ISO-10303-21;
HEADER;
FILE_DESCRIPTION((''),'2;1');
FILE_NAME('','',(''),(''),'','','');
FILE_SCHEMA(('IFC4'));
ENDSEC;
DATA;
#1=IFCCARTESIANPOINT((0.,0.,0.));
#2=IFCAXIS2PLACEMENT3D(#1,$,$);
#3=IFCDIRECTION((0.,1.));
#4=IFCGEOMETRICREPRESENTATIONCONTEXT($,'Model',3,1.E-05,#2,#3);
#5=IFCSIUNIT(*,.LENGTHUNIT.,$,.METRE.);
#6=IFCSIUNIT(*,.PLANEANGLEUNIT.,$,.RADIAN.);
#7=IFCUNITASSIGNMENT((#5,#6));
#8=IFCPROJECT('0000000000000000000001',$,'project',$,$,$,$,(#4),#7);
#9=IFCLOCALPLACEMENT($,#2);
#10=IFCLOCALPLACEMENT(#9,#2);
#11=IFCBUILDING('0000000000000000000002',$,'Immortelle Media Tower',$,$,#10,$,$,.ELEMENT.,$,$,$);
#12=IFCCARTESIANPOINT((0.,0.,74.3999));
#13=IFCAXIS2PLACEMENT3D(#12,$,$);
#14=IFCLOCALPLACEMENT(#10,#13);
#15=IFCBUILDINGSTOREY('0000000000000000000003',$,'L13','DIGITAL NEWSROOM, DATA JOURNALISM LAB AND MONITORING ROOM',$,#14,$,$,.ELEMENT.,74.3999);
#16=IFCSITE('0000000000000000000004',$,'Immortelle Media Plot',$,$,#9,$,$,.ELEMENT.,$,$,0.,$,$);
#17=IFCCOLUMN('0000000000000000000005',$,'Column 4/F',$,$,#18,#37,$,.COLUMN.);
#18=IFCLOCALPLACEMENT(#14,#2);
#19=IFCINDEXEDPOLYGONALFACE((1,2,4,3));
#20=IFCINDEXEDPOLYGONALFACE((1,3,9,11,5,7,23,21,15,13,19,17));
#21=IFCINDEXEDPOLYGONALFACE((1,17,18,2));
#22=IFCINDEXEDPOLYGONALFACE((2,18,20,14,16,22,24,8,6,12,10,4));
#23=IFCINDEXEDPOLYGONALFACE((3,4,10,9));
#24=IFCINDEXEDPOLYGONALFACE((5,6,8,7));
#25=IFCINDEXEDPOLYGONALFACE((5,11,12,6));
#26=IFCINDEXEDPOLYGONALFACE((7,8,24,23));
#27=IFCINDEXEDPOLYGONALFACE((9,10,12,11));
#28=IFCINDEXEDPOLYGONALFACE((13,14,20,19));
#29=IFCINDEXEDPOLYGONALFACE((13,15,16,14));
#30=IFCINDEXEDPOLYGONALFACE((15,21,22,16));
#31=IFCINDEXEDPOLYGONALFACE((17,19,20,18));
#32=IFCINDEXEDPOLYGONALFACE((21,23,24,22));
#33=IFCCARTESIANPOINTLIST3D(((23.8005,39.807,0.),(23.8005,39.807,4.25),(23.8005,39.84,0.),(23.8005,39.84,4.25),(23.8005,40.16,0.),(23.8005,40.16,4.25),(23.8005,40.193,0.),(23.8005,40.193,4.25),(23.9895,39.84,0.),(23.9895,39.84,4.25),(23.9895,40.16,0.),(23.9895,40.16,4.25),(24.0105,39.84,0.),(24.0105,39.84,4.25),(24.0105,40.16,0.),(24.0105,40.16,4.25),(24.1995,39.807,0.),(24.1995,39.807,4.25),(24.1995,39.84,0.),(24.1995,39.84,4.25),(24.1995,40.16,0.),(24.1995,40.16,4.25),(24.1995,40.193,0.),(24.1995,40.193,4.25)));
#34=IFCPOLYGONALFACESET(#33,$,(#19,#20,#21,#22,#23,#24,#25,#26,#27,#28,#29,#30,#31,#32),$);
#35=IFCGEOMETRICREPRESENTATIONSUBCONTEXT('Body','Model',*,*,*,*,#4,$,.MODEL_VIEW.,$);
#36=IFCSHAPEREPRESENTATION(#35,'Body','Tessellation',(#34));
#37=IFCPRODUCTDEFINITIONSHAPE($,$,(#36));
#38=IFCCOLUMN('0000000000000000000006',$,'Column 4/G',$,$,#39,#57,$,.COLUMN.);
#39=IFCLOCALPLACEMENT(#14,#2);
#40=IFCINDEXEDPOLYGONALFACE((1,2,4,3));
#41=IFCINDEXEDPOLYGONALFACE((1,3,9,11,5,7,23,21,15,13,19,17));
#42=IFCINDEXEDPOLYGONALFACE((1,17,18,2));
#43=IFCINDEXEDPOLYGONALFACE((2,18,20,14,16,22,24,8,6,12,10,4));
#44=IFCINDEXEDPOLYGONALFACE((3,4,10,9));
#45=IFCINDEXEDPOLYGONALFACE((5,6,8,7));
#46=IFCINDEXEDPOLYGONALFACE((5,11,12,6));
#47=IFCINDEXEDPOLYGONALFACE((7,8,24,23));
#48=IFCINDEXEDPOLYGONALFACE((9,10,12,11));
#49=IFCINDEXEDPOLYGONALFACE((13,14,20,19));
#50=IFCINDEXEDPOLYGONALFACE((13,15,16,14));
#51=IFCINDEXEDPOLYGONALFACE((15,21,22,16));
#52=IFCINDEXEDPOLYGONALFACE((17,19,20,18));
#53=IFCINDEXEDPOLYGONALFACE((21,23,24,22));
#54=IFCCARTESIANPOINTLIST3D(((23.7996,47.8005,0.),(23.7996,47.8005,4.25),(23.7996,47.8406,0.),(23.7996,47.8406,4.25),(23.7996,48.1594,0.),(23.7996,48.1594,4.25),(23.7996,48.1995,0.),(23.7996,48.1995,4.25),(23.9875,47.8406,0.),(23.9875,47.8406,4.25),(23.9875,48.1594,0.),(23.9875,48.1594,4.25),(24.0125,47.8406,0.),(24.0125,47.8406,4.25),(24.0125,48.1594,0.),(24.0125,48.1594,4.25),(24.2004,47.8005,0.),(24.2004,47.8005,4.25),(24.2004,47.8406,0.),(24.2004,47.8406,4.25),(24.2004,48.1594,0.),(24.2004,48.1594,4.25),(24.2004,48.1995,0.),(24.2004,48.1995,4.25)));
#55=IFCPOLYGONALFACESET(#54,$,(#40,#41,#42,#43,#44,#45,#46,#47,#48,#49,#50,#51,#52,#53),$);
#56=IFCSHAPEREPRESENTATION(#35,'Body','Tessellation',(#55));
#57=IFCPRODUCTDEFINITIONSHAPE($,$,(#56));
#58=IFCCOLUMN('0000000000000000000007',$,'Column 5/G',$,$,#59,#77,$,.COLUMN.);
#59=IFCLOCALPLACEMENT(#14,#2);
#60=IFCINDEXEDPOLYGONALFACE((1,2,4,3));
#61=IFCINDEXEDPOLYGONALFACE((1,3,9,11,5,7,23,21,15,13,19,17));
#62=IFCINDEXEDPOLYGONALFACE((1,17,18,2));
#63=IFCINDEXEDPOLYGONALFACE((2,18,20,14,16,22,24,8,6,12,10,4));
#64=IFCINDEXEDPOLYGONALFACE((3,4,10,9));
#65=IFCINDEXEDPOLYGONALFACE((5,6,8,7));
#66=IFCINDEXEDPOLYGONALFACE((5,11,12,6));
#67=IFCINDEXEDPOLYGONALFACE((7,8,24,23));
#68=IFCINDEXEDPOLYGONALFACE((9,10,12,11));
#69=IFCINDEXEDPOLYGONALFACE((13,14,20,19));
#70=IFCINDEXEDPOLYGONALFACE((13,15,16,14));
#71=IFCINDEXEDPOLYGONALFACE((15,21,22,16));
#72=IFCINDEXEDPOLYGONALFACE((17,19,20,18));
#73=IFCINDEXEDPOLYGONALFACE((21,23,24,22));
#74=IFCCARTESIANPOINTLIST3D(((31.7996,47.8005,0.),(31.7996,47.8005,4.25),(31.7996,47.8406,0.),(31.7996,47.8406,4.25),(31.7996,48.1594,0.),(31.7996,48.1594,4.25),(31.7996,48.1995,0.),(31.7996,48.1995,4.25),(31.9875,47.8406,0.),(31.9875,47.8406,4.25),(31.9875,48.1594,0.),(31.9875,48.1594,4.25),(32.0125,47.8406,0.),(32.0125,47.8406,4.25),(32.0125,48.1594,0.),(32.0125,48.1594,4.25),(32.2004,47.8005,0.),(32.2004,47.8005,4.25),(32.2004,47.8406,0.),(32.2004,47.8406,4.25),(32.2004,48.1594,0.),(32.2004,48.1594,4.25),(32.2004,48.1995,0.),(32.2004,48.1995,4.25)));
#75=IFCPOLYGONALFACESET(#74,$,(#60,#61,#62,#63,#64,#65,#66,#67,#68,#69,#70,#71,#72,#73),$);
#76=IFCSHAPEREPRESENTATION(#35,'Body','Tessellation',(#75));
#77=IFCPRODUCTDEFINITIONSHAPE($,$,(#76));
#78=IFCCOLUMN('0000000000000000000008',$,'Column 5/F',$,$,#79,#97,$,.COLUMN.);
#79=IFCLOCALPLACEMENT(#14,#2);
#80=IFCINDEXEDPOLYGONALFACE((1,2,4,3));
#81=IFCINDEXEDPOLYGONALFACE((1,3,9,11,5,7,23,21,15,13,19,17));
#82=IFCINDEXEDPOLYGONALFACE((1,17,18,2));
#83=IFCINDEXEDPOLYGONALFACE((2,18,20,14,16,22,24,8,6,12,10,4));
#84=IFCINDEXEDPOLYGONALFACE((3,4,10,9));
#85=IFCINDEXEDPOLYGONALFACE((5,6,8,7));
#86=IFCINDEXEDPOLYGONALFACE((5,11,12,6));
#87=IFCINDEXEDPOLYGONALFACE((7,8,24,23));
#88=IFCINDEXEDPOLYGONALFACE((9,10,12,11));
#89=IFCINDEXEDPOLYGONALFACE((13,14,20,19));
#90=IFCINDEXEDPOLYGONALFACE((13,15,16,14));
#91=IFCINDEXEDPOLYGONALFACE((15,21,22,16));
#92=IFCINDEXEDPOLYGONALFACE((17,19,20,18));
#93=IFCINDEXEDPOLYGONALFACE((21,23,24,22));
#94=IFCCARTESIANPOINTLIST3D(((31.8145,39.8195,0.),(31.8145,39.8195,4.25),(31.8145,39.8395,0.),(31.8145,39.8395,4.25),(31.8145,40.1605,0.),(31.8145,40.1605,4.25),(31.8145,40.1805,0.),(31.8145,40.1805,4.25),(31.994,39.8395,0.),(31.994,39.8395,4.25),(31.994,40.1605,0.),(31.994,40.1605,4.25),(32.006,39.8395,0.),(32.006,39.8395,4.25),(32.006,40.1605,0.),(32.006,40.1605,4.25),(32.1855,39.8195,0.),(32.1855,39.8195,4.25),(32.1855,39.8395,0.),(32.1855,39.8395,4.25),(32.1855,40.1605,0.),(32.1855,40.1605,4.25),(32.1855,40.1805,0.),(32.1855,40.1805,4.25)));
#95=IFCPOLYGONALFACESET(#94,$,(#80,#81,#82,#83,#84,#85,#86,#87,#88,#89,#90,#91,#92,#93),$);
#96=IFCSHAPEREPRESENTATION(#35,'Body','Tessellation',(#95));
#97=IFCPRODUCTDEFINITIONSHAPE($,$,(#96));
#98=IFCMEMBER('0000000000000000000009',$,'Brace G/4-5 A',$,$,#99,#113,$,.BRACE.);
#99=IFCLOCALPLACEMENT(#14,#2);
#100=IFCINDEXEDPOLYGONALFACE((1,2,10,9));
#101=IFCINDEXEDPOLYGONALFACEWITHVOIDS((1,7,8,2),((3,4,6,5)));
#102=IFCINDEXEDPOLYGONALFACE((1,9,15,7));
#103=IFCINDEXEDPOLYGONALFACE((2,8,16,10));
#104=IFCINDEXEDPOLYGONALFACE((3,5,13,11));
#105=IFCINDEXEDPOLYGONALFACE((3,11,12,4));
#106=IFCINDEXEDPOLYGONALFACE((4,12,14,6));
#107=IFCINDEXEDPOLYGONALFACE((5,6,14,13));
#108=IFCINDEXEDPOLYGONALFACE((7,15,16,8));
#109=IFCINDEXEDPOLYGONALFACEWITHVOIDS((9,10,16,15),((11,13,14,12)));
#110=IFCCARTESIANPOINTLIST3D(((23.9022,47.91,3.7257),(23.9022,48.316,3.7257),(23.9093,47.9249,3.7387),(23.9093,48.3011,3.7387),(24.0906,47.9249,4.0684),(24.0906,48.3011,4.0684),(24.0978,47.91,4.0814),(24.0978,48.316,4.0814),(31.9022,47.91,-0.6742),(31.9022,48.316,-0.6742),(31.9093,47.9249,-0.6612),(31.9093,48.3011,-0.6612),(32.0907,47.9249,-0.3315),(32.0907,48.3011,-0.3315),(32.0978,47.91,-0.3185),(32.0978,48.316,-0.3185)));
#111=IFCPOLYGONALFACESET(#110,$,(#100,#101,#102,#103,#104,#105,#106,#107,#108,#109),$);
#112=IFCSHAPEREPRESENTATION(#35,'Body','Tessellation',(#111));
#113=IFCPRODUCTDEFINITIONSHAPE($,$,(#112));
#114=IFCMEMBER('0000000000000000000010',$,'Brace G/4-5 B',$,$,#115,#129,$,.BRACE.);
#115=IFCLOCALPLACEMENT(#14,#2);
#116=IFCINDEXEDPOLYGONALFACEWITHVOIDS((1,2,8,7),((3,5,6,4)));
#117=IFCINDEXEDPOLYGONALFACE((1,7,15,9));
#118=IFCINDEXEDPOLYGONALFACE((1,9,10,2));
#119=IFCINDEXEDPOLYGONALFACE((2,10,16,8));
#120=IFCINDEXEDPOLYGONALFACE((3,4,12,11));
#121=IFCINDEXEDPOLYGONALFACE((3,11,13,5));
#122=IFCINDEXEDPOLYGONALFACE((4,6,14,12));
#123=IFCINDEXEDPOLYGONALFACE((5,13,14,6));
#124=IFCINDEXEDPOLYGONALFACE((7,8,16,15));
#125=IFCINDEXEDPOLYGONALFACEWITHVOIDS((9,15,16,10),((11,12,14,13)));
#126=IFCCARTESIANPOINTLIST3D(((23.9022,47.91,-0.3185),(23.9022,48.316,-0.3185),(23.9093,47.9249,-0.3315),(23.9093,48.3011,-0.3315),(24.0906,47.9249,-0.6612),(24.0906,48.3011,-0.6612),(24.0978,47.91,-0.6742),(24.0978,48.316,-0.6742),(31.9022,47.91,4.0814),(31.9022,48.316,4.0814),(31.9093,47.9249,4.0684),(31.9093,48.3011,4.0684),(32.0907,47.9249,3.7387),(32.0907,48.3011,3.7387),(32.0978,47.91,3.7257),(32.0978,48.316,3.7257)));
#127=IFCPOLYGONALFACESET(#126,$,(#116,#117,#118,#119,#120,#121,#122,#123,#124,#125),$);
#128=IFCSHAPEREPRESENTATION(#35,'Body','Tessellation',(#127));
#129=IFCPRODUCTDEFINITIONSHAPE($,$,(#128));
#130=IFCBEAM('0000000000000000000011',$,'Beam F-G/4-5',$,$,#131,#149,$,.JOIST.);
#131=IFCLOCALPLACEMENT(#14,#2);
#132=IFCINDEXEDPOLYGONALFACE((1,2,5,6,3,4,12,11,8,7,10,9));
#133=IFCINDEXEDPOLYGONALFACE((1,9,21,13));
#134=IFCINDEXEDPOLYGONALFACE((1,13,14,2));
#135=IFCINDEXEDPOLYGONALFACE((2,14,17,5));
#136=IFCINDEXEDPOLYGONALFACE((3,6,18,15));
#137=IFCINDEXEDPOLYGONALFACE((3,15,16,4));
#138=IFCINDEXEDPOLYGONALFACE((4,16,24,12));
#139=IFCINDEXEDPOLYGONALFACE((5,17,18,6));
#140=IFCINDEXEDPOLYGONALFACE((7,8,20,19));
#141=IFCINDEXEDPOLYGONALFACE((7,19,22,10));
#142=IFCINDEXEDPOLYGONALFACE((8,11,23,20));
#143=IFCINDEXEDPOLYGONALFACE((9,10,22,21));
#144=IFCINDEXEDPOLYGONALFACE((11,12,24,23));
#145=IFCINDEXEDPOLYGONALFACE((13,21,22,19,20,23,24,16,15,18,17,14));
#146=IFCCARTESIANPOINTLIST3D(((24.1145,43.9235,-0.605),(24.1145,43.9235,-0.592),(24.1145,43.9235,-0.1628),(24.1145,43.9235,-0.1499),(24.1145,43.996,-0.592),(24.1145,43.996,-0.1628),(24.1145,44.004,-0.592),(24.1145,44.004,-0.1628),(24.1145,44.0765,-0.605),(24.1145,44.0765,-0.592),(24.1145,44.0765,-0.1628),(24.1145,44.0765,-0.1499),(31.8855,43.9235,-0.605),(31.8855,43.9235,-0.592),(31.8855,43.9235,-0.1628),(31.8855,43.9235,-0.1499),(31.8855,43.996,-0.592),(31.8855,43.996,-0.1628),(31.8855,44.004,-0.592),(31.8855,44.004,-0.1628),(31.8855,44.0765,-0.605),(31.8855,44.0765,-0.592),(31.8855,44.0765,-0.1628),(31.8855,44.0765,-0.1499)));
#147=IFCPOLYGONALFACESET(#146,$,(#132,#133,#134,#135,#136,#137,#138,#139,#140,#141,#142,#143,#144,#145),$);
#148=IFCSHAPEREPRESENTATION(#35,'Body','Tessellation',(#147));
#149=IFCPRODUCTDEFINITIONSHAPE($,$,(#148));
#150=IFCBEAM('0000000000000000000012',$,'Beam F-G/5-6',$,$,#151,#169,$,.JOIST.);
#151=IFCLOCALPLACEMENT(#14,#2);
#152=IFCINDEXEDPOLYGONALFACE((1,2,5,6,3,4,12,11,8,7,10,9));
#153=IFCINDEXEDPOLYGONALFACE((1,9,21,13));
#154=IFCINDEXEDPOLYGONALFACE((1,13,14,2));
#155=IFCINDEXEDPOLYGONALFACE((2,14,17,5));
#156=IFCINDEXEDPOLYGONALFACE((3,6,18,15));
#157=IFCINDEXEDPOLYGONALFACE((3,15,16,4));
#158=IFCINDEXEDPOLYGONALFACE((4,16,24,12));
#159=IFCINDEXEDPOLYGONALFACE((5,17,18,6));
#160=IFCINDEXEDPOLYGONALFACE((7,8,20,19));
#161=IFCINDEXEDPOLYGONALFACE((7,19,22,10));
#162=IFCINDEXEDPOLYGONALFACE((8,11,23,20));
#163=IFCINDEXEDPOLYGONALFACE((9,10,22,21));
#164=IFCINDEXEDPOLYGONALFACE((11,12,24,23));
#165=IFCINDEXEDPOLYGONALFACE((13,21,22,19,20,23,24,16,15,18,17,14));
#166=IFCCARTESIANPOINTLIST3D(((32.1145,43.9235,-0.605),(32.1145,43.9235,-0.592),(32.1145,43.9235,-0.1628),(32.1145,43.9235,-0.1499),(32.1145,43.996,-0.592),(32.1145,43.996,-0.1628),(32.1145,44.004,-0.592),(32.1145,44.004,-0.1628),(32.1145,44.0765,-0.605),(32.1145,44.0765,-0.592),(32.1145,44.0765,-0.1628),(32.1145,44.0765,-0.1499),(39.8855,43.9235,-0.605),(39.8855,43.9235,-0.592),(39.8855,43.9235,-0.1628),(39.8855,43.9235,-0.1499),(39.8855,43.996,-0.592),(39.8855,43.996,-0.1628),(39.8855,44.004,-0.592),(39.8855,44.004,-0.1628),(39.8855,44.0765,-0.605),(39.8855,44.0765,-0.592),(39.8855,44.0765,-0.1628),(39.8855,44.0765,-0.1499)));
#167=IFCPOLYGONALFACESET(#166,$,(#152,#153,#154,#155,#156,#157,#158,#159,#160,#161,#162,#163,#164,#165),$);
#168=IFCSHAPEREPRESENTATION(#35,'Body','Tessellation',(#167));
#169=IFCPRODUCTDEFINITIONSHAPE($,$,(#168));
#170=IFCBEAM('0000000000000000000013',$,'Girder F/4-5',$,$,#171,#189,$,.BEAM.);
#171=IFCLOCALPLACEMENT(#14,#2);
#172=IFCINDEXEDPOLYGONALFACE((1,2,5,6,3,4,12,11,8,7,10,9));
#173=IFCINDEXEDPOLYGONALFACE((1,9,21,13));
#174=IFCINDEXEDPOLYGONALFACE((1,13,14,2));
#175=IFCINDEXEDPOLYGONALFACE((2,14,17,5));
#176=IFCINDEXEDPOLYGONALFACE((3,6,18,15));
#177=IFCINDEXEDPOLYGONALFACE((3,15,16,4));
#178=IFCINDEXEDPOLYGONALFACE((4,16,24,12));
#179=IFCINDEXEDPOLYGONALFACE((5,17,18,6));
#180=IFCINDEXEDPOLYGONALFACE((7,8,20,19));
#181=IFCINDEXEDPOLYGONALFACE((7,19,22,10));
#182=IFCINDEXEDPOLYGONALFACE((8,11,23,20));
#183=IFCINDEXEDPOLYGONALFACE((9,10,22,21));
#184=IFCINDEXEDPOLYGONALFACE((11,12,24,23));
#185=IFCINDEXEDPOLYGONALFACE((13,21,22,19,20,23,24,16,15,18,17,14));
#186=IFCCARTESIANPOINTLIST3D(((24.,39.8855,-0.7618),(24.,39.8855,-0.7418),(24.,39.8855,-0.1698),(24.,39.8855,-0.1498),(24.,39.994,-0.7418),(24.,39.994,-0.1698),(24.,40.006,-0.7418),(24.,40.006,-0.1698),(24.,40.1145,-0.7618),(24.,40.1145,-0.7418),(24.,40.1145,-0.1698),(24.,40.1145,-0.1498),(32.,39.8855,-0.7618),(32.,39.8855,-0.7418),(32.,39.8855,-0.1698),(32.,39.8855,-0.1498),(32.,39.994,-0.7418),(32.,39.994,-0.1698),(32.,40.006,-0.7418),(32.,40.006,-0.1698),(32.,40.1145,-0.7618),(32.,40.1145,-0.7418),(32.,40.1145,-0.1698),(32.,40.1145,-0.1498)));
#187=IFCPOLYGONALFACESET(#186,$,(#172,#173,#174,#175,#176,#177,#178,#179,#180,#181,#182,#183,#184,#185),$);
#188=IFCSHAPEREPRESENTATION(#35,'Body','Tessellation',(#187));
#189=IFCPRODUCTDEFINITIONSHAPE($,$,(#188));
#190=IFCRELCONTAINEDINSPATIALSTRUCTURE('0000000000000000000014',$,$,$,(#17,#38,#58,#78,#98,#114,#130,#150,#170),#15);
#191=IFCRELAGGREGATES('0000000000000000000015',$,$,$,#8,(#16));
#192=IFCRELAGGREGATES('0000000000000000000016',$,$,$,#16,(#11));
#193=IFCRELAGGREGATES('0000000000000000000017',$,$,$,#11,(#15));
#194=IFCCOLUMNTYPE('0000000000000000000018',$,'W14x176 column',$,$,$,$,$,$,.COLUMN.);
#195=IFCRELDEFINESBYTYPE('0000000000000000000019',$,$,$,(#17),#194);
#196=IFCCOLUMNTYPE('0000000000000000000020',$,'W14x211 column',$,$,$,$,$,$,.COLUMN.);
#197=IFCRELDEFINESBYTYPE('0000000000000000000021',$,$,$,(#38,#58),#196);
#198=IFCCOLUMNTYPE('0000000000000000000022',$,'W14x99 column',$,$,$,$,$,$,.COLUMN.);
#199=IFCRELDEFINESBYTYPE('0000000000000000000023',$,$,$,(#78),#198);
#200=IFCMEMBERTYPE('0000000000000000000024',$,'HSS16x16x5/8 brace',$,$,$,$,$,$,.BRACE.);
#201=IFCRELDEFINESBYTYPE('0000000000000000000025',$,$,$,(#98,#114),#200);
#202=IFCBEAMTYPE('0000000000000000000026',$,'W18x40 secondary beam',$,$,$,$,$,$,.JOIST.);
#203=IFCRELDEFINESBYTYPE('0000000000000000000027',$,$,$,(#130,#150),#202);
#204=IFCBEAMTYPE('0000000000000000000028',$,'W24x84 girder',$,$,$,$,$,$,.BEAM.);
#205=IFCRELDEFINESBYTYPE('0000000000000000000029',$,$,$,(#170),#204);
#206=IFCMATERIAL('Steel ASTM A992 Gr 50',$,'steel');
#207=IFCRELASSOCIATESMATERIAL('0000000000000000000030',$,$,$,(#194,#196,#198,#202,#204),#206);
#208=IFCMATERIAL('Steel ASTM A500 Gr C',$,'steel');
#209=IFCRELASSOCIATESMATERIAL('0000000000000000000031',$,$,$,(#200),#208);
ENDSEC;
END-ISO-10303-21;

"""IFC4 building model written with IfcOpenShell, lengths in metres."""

from ifc_helpers import new_model, si_unit, direction, frame, origin, origin_2d, place, context, subcontext, project, spatial, hollow_rectangle, i_section, extrude, material, material_profile, profile_set, type_object, element, save


model = new_model("IFC4")

# Units and contexts
model_context = context("Model", 3, precision=1e-05, world=origin(), true_north=direction((0.0, 1.0)))
body_context = subcontext(model_context, "Body", "Model", "MODEL_VIEW")
ifc_project = project(units=[si_unit("LENGTHUNIT", "METRE"), si_unit("PLANEANGLEUNIT", "RADIAN")], contexts=[model_context])

# Site, building, storey
site_placement = place(None, origin())
site = spatial("IfcSite", under=ifc_project, at=site_placement, Name="Immortelle Media Plot", CompositionType="ELEMENT", RefElevation=0.0)
building_placement = place(site_placement, origin())
building = spatial("IfcBuilding", under=site, at=building_placement, Name="Immortelle Media Tower", CompositionType="ELEMENT")
storey_placement = place(building_placement, frame((0.0, 0.0, 74.3999)))
storey = spatial("IfcBuildingStorey", under=building, at=storey_placement, Name="L13", Description="DIGITAL NEWSROOM, DATA JOURNALISM LAB AND MONITORING ROOM", CompositionType="ELEMENT", Elevation=74.3999)

# Columns
ifc_material_1 = material(Name="Steel ASTM A992 Gr 50", Category="steel")
ifc_material_profile_1 = material_profile(ifc_material_1, i_section(OverallWidth=0.3989, OverallDepth=0.386, WebThickness=0.021, FlangeThickness=0.033, at=origin_2d()), Name="W14x176")
ifc_profile_set_1 = profile_set([ifc_material_profile_1], Name="Steel ASTM A992 Gr 50")
column_type_1 = type_object("IfcColumnType", Name="W14x176 column", PredefinedType="COLUMN", material=ifc_profile_set_1)
column_1_placement = place(storey_placement, frame((24.0, 40.0, 0.0), z_axis=(0.0, 0.0, 1.0), x_axis=(1.0, 0.0, 0.0)))
element("IfcColumn", 1, at=column_1_placement, inside=storey, type_object=column_type_1, Name="Column 4/F", PredefinedType="COLUMN", context=body_context, shape_type="SweptSolid", body=[
    extrude(i_section(OverallWidth=0.3989, OverallDepth=0.386, WebThickness=0.021, FlangeThickness=0.033, at=origin_2d()), origin(), (0.0, 0.0, 1.0), 4.25),
])
ifc_material_profile_2 = material_profile(ifc_material_1, i_section(OverallWidth=0.4009, OverallDepth=0.3989, WebThickness=0.0249, FlangeThickness=0.04, at=origin_2d()), Name="W14x211")
ifc_profile_set_2 = profile_set([ifc_material_profile_2], Name="Steel ASTM A992 Gr 50")
column_type_2 = type_object("IfcColumnType", Name="W14x211 column", PredefinedType="COLUMN", material=ifc_profile_set_2)
for number, where, z_axis, x_axis, name in (
    (2, (24.0, 48.0, 0.0), (0.0, 0.0, 1.0), (1.0, 0.0, 0.0), "Column 4/G"),
    (3, (32.0, 48.0, 0.0), (0.0, 0.0, 1.0), (1.0, 0.0, 0.0), "Column 5/G"),
):
    element("IfcColumn", number, at=place(storey_placement, frame(where, z_axis=z_axis, x_axis=x_axis)), inside=storey, type_object=column_type_2, Name=name, PredefinedType="COLUMN", context=body_context, shape_type="SweptSolid", body=[
        extrude(i_section(OverallWidth=0.4009, OverallDepth=0.3989, WebThickness=0.0249, FlangeThickness=0.04, at=origin_2d()), origin(), (0.0, 0.0, 1.0), 4.25),
    ])
ifc_material_profile_3 = material_profile(ifc_material_1, i_section(OverallWidth=0.3711, OverallDepth=0.3611, WebThickness=0.012, FlangeThickness=0.02, at=origin_2d()), Name="W14x99")
ifc_profile_set_3 = profile_set([ifc_material_profile_3], Name="Steel ASTM A992 Gr 50")
column_type_3 = type_object("IfcColumnType", Name="W14x99 column", PredefinedType="COLUMN", material=ifc_profile_set_3)
column_2_placement = place(storey_placement, frame((32.0, 40.0, 0.0), z_axis=(0.0, 0.0, 1.0), x_axis=(1.0, 0.0, 0.0)))
element("IfcColumn", 4, at=column_2_placement, inside=storey, type_object=column_type_3, Name="Column 5/F", PredefinedType="COLUMN", context=body_context, shape_type="SweptSolid", body=[
    extrude(i_section(OverallWidth=0.3711, OverallDepth=0.3611, WebThickness=0.012, FlangeThickness=0.02, at=origin_2d()), origin(), (0.0, 0.0, 1.0), 4.25),
])

# Members
ifc_material_2 = material(Name="Steel ASTM A500 Gr C", Category="steel")
ifc_material_profile_4 = material_profile(ifc_material_2, hollow_rectangle(XDim=0.406, YDim=0.406, WallThickness=0.0149, at=origin_2d()), Name="HSS16x16x5/8 brace")
ifc_profile_set_4 = profile_set([ifc_material_profile_4], Name="Steel ASTM A500 Gr C")
member_type = type_object("IfcMemberType", Name="HSS16x16x5/8 brace", PredefinedType="BRACE", material=ifc_profile_set_4)
for number, where, z_axis, x_axis, name in (
    (5, (32.0, 48.113, -0.4963), (-0.87622, 0.0, 0.481911), (0.0, -1.0, 0.0), "Brace G/4-5 A"),
    (6, (32.0, 48.113, 3.9036), (-0.87622, 0.0, -0.481911), (0.0, -1.0, 0.0), "Brace G/4-5 B"),
):
    element("IfcMember", number, at=place(storey_placement, frame(where, z_axis=z_axis, x_axis=x_axis)), inside=storey, type_object=member_type, Name=name, PredefinedType="BRACE", context=body_context, shape_type="SweptSolid", body=[
        extrude(hollow_rectangle(XDim=0.406, YDim=0.406, WallThickness=0.0149, at=origin_2d()), origin(), (0.0, 0.0, 1.0), 9.1301),
    ])

# Beams
ifc_material_profile_5 = material_profile(ifc_material_1, i_section(OverallWidth=0.1531, OverallDepth=0.4551, WebThickness=0.0081, FlangeThickness=0.0129, at=origin_2d()), Name="W18x40")
ifc_profile_set_5 = profile_set([ifc_material_profile_5], Name="Steel ASTM A992 Gr 50")
beam_type_1 = type_object("IfcBeamType", Name="W18x40 secondary beam", PredefinedType="JOIST", material=ifc_profile_set_5)
for number, where, z_axis, x_axis, name in (
    (7, (24.1145, 44.0, -0.3774), (1.0, 0.0, 0.0), (0.0, 1.0, 0.0), "Beam F-G/4-5"),
    (8, (32.1145, 44.0, -0.3774), (1.0, 0.0, 0.0), (0.0, 1.0, 0.0), "Beam F-G/5-6"),
):
    element("IfcBeam", number, at=place(storey_placement, frame(where, z_axis=z_axis, x_axis=x_axis)), inside=storey, type_object=beam_type_1, Name=name, PredefinedType="JOIST", context=body_context, shape_type="SweptSolid", body=[
        extrude(i_section(OverallWidth=0.1531, OverallDepth=0.4551, WebThickness=0.0081, FlangeThickness=0.0129, at=origin_2d()), origin(), (0.0, 0.0, 1.0), 7.771),
    ])
ifc_material_profile_6 = material_profile(ifc_material_1, i_section(OverallWidth=0.229, OverallDepth=0.6121, WebThickness=0.012, FlangeThickness=0.02, at=origin_2d()), Name="W24x84")
ifc_profile_set_6 = profile_set([ifc_material_profile_6], Name="Steel ASTM A992 Gr 50")
beam_type_2 = type_object("IfcBeamType", Name="W24x84 girder", PredefinedType="BEAM", material=ifc_profile_set_6)
for number, where, z_axis, x_axis, name in (
    (9, (24.0, 40.0, -0.4558), (1.0, 0.0, 0.0), (0.0, 1.0, 0.0), "Girder F/4-5"),
):
    element("IfcBeam", number, at=place(storey_placement, frame(where, z_axis=z_axis, x_axis=x_axis)), inside=storey, type_object=beam_type_2, Name=name, PredefinedType="BEAM", context=body_context, shape_type="SweptSolid", body=[
        extrude(i_section(OverallWidth=0.229, OverallDepth=0.6121, WebThickness=0.012, FlangeThickness=0.02, at=origin_2d()), origin(), (0.0, 0.0, 1.0), 8.0),
    ])

save(model, "model.ifc")
